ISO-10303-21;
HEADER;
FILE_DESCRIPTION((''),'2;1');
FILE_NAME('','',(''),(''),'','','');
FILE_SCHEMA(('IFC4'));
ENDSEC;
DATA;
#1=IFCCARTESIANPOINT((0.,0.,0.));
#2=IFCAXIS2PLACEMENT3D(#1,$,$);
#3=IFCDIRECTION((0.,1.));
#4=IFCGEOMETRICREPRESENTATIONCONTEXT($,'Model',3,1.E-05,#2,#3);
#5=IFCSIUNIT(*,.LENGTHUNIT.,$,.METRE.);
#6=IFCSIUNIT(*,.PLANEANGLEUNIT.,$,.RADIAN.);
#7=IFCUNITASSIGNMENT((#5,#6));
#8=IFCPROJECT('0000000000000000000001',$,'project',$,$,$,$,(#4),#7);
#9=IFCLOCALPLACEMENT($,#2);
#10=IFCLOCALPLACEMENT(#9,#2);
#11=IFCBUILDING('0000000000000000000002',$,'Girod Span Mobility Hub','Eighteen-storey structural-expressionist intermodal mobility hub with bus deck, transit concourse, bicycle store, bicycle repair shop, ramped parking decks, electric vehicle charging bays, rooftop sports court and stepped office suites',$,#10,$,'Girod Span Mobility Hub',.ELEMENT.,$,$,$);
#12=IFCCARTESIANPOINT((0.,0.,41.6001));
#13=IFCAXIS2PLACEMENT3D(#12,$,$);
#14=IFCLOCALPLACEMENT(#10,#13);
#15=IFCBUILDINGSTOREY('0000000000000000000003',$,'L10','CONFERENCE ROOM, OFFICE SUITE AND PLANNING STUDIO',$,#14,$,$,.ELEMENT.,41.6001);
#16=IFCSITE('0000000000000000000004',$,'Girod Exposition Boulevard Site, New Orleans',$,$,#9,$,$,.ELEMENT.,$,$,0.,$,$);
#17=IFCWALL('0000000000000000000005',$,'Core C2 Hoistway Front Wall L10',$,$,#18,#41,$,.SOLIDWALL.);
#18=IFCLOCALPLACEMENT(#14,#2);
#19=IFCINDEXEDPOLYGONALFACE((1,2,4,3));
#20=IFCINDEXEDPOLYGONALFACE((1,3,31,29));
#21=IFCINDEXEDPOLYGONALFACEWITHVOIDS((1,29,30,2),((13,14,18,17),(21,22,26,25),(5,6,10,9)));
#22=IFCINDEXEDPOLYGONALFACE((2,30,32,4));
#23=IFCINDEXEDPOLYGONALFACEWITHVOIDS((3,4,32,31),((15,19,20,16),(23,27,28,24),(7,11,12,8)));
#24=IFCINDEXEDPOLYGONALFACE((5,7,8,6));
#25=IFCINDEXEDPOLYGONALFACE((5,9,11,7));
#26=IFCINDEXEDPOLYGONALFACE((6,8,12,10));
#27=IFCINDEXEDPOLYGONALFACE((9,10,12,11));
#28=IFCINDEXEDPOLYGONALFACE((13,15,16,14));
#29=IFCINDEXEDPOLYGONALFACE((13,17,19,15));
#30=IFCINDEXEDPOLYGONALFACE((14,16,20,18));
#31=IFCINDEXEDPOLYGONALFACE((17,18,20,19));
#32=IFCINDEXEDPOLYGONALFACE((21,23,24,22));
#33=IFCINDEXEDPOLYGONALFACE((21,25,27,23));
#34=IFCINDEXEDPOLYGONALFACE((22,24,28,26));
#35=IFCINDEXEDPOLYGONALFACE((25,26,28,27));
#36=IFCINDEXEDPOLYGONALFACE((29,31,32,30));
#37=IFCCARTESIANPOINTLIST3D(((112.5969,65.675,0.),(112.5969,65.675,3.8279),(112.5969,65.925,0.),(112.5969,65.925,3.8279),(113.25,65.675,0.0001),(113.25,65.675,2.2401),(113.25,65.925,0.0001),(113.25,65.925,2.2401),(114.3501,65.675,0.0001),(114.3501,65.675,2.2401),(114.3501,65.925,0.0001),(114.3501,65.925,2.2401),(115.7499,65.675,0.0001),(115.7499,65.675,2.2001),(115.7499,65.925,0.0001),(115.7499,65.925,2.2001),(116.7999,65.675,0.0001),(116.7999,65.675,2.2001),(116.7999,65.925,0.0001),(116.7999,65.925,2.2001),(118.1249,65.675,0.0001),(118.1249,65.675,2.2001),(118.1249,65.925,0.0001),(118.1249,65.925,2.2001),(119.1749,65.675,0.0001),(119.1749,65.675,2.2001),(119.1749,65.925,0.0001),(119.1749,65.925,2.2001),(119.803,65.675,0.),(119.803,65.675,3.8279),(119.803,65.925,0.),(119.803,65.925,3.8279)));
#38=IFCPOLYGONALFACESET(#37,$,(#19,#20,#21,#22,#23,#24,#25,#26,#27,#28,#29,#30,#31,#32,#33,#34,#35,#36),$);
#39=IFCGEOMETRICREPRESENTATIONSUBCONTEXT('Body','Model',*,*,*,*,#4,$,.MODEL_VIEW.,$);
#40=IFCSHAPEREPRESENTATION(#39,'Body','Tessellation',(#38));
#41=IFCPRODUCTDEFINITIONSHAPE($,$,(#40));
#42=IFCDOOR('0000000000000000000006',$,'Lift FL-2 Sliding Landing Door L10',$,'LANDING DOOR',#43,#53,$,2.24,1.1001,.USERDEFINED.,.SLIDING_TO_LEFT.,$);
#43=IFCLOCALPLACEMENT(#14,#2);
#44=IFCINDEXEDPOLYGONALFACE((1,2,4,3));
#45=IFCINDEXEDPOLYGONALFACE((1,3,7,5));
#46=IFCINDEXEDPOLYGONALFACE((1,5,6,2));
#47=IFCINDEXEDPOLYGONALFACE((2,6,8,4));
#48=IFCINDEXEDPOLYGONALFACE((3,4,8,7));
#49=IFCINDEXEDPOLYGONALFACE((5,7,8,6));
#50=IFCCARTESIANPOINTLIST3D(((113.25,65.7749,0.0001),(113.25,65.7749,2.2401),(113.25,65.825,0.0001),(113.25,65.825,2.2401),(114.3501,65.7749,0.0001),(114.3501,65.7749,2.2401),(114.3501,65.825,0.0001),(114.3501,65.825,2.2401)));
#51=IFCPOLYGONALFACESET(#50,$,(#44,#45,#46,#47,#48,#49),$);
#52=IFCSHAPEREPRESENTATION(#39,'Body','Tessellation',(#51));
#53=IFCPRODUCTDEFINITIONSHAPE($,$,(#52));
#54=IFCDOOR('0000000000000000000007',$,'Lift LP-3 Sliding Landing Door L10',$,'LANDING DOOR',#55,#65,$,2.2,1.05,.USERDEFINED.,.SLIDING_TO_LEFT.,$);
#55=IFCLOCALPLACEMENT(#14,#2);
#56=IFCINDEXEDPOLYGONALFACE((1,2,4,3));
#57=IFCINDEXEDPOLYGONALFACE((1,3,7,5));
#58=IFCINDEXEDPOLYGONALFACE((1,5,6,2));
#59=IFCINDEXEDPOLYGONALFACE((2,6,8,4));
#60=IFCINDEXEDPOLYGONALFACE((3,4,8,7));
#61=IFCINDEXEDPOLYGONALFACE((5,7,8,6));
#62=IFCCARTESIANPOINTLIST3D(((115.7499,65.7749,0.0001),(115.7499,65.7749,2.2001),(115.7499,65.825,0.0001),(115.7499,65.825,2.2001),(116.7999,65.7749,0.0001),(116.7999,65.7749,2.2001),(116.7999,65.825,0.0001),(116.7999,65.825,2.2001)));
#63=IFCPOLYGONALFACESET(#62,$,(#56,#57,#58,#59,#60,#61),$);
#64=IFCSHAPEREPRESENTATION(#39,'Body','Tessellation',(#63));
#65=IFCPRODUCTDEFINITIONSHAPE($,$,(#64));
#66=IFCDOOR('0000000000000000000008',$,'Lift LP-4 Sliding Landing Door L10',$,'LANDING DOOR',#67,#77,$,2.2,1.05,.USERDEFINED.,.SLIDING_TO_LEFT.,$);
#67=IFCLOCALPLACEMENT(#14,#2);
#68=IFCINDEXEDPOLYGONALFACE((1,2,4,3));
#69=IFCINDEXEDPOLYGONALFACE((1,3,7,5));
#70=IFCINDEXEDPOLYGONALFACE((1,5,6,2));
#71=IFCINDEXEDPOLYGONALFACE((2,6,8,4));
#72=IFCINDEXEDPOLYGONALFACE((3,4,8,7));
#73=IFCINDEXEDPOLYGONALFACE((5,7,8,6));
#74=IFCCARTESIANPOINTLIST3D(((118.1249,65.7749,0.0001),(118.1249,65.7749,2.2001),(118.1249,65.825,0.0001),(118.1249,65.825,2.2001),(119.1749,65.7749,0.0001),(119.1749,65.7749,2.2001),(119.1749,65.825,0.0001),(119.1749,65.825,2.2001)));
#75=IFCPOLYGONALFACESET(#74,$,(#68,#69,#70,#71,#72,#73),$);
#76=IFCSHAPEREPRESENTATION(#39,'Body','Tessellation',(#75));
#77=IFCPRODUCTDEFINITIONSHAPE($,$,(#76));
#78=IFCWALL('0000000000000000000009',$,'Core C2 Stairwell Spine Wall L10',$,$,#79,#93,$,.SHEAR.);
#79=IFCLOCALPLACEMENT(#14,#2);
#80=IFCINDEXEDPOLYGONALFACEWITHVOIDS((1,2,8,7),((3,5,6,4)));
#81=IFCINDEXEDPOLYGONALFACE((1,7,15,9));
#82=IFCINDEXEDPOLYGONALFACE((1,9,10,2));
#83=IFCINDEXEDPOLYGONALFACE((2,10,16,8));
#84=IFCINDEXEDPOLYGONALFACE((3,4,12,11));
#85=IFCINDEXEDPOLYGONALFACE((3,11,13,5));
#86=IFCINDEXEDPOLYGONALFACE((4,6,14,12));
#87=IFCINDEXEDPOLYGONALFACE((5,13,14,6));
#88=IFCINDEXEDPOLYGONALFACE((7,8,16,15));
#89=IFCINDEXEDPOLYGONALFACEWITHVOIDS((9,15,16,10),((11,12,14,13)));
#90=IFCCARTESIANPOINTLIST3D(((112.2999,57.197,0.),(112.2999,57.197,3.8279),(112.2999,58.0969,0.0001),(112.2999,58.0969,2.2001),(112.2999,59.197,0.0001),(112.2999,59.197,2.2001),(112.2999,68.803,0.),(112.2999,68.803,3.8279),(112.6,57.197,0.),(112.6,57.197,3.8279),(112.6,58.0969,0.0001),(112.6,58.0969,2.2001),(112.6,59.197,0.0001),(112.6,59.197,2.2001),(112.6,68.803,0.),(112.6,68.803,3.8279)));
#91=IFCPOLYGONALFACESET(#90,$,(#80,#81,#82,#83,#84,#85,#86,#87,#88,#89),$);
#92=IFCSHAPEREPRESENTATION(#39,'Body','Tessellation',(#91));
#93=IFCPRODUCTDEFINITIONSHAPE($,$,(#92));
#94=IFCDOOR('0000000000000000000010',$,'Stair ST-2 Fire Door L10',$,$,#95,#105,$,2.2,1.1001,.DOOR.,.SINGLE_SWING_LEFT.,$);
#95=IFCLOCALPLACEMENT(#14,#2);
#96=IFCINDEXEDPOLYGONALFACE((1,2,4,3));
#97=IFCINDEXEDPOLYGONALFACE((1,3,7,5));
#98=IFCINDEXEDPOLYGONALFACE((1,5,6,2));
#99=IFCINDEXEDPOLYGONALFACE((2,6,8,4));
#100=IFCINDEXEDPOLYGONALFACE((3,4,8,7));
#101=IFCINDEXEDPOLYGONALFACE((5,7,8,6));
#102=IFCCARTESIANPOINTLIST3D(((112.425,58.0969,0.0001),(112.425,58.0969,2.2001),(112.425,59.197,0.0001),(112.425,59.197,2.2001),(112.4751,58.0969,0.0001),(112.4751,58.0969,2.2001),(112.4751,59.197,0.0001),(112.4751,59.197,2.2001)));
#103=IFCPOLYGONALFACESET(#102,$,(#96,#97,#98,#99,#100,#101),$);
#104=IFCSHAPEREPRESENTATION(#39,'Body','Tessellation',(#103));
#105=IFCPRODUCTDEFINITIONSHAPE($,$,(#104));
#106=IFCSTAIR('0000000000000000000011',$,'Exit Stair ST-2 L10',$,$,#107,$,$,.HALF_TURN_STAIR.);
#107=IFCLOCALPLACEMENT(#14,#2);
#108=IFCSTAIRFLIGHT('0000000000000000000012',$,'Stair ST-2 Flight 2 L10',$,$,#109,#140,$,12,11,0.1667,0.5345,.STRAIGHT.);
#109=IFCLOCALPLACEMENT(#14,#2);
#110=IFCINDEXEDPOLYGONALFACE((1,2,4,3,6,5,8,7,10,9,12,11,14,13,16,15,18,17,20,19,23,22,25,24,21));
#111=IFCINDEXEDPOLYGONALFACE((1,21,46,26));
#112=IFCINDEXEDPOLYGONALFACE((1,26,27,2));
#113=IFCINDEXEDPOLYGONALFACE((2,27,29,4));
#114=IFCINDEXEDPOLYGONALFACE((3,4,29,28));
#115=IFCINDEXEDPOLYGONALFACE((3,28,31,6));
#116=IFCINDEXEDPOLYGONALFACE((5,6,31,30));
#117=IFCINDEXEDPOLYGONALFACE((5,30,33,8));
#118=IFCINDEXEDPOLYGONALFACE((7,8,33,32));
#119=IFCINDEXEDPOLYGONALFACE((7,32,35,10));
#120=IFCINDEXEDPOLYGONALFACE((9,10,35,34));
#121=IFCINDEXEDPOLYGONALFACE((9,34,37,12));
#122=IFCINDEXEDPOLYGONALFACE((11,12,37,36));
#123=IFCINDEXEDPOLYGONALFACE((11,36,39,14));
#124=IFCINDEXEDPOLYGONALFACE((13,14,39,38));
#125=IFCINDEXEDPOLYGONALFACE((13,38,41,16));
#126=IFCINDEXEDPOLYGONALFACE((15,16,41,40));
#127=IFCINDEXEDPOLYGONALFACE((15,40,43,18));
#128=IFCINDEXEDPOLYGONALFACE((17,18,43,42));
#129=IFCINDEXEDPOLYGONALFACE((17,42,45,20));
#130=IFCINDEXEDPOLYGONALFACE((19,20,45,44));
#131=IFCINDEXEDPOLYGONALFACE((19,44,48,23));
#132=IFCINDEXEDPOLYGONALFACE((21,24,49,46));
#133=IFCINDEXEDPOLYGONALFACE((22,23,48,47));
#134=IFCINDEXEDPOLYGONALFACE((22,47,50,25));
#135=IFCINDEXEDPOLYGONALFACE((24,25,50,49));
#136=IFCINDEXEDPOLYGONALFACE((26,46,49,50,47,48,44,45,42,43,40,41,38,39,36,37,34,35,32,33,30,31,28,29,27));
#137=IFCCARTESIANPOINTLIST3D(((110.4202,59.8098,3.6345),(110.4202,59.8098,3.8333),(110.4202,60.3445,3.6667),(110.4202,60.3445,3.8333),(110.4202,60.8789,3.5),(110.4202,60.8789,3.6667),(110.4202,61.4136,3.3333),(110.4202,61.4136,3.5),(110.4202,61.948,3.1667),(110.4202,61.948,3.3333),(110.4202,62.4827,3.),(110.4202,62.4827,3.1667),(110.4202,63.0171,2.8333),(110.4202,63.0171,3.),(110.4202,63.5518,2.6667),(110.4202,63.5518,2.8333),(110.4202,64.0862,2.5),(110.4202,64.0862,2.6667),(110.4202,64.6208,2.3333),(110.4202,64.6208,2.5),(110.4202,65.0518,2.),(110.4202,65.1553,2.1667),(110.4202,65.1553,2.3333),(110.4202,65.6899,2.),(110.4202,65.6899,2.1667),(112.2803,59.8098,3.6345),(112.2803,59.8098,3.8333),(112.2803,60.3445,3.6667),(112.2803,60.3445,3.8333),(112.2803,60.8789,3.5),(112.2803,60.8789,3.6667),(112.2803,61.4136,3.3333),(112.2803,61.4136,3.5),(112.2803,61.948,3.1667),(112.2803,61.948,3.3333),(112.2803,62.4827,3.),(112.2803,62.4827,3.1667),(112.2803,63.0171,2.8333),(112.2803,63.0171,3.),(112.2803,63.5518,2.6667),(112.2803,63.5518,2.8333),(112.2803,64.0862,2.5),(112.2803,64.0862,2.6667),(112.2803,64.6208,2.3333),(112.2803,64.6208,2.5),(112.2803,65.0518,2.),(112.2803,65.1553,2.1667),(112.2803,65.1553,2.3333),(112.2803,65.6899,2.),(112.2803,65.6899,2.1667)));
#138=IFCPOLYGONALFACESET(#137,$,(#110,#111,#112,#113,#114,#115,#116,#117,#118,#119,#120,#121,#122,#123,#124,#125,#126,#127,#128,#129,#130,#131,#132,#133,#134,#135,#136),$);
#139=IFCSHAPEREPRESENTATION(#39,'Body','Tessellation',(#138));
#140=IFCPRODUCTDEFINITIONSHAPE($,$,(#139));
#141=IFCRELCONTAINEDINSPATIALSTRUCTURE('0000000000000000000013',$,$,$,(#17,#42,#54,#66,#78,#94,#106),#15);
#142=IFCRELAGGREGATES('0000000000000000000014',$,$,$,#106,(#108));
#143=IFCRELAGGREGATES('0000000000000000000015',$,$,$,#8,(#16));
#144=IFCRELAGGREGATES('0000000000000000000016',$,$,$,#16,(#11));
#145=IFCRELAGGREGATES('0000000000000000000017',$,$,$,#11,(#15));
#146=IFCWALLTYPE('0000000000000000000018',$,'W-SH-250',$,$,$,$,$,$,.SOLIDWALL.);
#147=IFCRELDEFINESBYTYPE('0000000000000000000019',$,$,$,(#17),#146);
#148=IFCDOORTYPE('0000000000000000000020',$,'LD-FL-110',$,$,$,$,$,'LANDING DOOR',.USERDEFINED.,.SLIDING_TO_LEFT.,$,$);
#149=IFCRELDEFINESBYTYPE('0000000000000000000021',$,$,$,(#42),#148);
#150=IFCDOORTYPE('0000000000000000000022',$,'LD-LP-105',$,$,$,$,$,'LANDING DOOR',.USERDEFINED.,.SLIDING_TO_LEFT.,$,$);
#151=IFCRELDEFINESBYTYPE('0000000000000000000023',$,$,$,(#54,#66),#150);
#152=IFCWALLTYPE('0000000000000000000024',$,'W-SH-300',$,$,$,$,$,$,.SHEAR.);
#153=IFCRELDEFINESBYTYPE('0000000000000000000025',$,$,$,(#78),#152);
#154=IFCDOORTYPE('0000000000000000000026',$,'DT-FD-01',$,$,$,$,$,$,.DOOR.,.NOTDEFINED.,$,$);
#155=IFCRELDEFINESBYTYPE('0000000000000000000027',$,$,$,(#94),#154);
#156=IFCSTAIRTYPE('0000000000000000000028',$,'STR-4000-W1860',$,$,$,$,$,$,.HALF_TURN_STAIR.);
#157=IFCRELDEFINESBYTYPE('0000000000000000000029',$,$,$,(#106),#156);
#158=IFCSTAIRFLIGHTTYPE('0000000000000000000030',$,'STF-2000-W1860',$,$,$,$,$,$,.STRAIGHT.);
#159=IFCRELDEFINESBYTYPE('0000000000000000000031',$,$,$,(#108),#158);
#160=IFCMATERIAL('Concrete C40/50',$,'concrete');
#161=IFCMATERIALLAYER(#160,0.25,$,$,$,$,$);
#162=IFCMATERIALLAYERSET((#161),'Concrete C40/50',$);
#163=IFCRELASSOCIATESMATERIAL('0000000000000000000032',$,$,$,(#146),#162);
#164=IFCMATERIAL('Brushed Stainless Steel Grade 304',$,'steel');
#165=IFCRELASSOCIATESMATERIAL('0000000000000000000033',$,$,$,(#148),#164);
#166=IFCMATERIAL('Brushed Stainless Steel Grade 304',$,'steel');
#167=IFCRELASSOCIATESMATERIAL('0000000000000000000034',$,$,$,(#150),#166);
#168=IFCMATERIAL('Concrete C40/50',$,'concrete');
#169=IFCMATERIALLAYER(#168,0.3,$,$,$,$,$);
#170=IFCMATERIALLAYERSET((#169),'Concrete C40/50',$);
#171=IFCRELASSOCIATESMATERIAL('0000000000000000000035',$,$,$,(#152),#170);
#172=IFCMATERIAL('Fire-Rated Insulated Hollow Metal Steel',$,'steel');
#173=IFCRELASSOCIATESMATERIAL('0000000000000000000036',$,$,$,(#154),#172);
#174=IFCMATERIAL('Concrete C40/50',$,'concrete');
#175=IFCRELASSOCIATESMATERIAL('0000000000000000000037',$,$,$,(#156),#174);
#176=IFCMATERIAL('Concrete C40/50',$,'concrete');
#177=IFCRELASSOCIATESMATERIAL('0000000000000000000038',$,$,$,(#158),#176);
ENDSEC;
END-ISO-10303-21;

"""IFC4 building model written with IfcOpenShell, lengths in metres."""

from ifc_helpers import new_model, si_unit, direction, frame, frame_2d, origin, place, context, subcontext, project, spatial, polyline, rectangle, outline, extrude, material, layer, layer_set, type_object, element, fill, aggregate, save


model = new_model("IFC4")

# Units and contexts
model_context = context("Model", 3, precision=1e-05, world=origin(), true_north=direction((0.0, 1.0)))
body_context = subcontext(model_context, "Body", "Model", "MODEL_VIEW")
ifc_project = project(units=[si_unit("LENGTHUNIT", "METRE"), si_unit("PLANEANGLEUNIT", "RADIAN")], contexts=[model_context])

# Site, building, storey
site_placement = place(None, origin())
site = spatial("IfcSite", under=ifc_project, at=site_placement, Name="Girod Exposition Boulevard Site, New Orleans", CompositionType="ELEMENT", RefElevation=0.0)
building_placement = place(site_placement, origin())
building = spatial("IfcBuilding", under=site, at=building_placement, Name="Girod Span Mobility Hub", Description="Eighteen-storey structural-expressionist intermodal mobility hub with bus deck, transit concourse, bicycle store, bicycle repair shop, ramped parking decks, electric vehicle charging bays, rooftop sports court and stepped office suites", LongName="Girod Span Mobility Hub", CompositionType="ELEMENT")
storey_placement = place(building_placement, frame((0.0, 0.0, 41.6001)))
storey = spatial("IfcBuildingStorey", under=building, at=storey_placement, Name="L10", Description="CONFERENCE ROOM, OFFICE SUITE AND PLANNING STUDIO", CompositionType="ELEMENT", Elevation=41.6001)

# Wall, openings, doors
ifc_material_1 = material(Name="Concrete C40/50", Category="concrete")
ifc_layer_1 = layer(ifc_material_1, 0.25)
ifc_layer_set_1 = layer_set([ifc_layer_1], Name="Concrete C40/50")
wall_type_1 = type_object("IfcWallType", Name="W-SH-250", PredefinedType="SOLIDWALL", material=ifc_layer_set_1)
wall_1_placement = place(storey_placement, frame((112.5969, 65.8, 0.0), z_axis=(0.0, 0.0, 1.0), x_axis=(1.0, 0.0, 0.0)))
wall_1 = element("IfcWall", 1, at=wall_1_placement, inside=storey, type_object=wall_type_1, Name="Core C2 Hoistway Front Wall L10", PredefinedType="SOLIDWALL", context=body_context, shape_type="SweptSolid", body=[
    extrude(rectangle(XDim=7.2061, YDim=0.25, at=frame_2d((3.603, 0.0))), origin(), (0.0, 0.0, 1.0), 3.8279),
])
opening_1_placement = place(wall_1_placement, frame((0.6531, 0.0, 0.0)))
opening_1 = element("IfcOpeningElement", 2, at=opening_1_placement, cuts=wall_1, PredefinedType="OPENING", context=body_context, shape_type="SweptSolid", body=[
    extrude(rectangle(XDim=1.1001, YDim=2.24, at=frame_2d((0.55, 1.1201))), frame((0.0, 0.1399, 0.0), z_axis=(0.0, -1.0, 0.0), x_axis=(1.0, 0.0, 0.0)), (0.0, 0.0, 1.0), 0.28),
])
opening_2_placement = place(wall_1_placement, frame((3.1531, 0.0, 0.0)))
opening_2 = element("IfcOpeningElement", 3, at=opening_2_placement, cuts=wall_1, PredefinedType="OPENING", context=body_context, shape_type="SweptSolid", body=[
    extrude(rectangle(XDim=1.05, YDim=2.2, at=frame_2d((0.5249, 1.1001))), frame((0.0, 0.1399, 0.0), z_axis=(0.0, -1.0, 0.0), x_axis=(1.0, 0.0, 0.0)), (0.0, 0.0, 1.0), 0.28),
])
opening_3_placement = place(wall_1_placement, frame((5.5281, 0.0, 0.0)))
opening_3 = element("IfcOpeningElement", 4, at=opening_3_placement, cuts=wall_1, PredefinedType="OPENING", context=body_context, shape_type="SweptSolid", body=[
    extrude(rectangle(XDim=1.05, YDim=2.2, at=frame_2d((0.5249, 1.1001))), frame((0.0, 0.1399, 0.0), z_axis=(0.0, -1.0, 0.0), x_axis=(1.0, 0.0, 0.0)), (0.0, 0.0, 1.0), 0.28),
])
ifc_material_2 = material(Name="Brushed Stainless Steel Grade 304", Category="steel")
door_type_1 = type_object("IfcDoorType", Name="LD-FL-110", ElementType="LANDING DOOR", OperationType="SLIDING_TO_LEFT", PredefinedType="USERDEFINED", material=ifc_material_2)
door_1_placement = place(opening_1_placement, origin())
door_1 = element("IfcDoor", 5, at=door_1_placement, inside=storey, type_object=door_type_1, Name="Lift FL-2 Sliding Landing Door L10", ObjectType="LANDING DOOR", OperationType="SLIDING_TO_LEFT", OverallHeight=2.24, OverallWidth=1.1001, PredefinedType="USERDEFINED", context=body_context, shape_type="SweptSolid", body=[
    extrude(rectangle(XDim=1.1001, YDim=2.24, at=frame_2d((0.55, 1.1201))), frame((0.0, 0.0249, 0.0), z_axis=(0.0, -1.0, 0.0), x_axis=(1.0, 0.0, 0.0)), (0.0, 0.0, 1.0), 0.05),
])
fill(opening_1, door_1)
ifc_material_3 = material(Name="Brushed Stainless Steel Grade 304", Category="steel")
door_type_2 = type_object("IfcDoorType", Name="LD-LP-105", ElementType="LANDING DOOR", OperationType="SLIDING_TO_LEFT", PredefinedType="USERDEFINED", material=ifc_material_3)
door_2_placement = place(opening_2_placement, origin())
door_2 = element("IfcDoor", 6, at=door_2_placement, inside=storey, type_object=door_type_2, Name="Lift LP-3 Sliding Landing Door L10", ObjectType="LANDING DOOR", OperationType="SLIDING_TO_LEFT", OverallHeight=2.2, OverallWidth=1.05, PredefinedType="USERDEFINED", context=body_context, shape_type="SweptSolid", body=[
    extrude(rectangle(XDim=1.05, YDim=2.2, at=frame_2d((0.5249, 1.1001))), frame((0.0, 0.0249, 0.0), z_axis=(0.0, -1.0, 0.0), x_axis=(1.0, 0.0, 0.0)), (0.0, 0.0, 1.0), 0.05),
])
fill(opening_2, door_2)
door_3_placement = place(opening_3_placement, origin())
door_3 = element("IfcDoor", 7, at=door_3_placement, inside=storey, type_object=door_type_2, Name="Lift LP-4 Sliding Landing Door L10", ObjectType="LANDING DOOR", OperationType="SLIDING_TO_LEFT", OverallHeight=2.2, OverallWidth=1.05, PredefinedType="USERDEFINED", context=body_context, shape_type="SweptSolid", body=[
    extrude(rectangle(XDim=1.05, YDim=2.2, at=frame_2d((0.5249, 1.1001))), frame((0.0, 0.0249, 0.0), z_axis=(0.0, -1.0, 0.0), x_axis=(1.0, 0.0, 0.0)), (0.0, 0.0, 1.0), 0.05),
])
fill(opening_3, door_3)

# Wall, opening, door
ifc_material_4 = material(Name="Concrete C40/50", Category="concrete")
ifc_layer_2 = layer(ifc_material_4, 0.3)
ifc_layer_set_2 = layer_set([ifc_layer_2], Name="Concrete C40/50")
wall_type_2 = type_object("IfcWallType", Name="W-SH-300", PredefinedType="SHEAR", material=ifc_layer_set_2)
wall_2_placement = place(storey_placement, frame((112.45, 57.197, 0.0), z_axis=(0.0, 0.0, 1.0), x_axis=(0.0, 1.0, 0.0)))
wall_2 = element("IfcWall", 8, at=wall_2_placement, inside=storey, type_object=wall_type_2, Name="Core C2 Stairwell Spine Wall L10", PredefinedType="SHEAR", context=body_context, shape_type="SweptSolid", body=[
    extrude(rectangle(XDim=11.606, YDim=0.3, at=frame_2d((5.803, 0.0))), origin(), (0.0, 0.0, 1.0), 3.8279),
])
opening_4_placement = place(wall_2_placement, frame((0.8999, 0.0, 0.0)))
opening_4 = element("IfcOpeningElement", 9, at=opening_4_placement, cuts=wall_2, PredefinedType="OPENING", context=body_context, shape_type="SweptSolid", body=[
    extrude(rectangle(XDim=1.1001, YDim=2.2, at=frame_2d((0.55, 1.1001))), frame((0.0, 0.165, 0.0), z_axis=(0.0, -1.0, 0.0), x_axis=(1.0, 0.0, 0.0)), (0.0, 0.0, 1.0), 0.3301),
])
ifc_material_5 = material(Name="Fire-Rated Insulated Hollow Metal Steel", Category="steel")
door_type_3 = type_object("IfcDoorType", Name="DT-FD-01", OperationType="NOTDEFINED", PredefinedType="DOOR", material=ifc_material_5)
door_4_placement = place(opening_4_placement, origin())
door_4 = element("IfcDoor", 10, at=door_4_placement, inside=storey, type_object=door_type_3, Name="Stair ST-2 Fire Door L10", OperationType="SINGLE_SWING_LEFT", OverallHeight=2.2, OverallWidth=1.1001, PredefinedType="DOOR", context=body_context, shape_type="SweptSolid", body=[
    extrude(rectangle(XDim=1.1001, YDim=2.2, at=frame_2d((0.55, 1.1001))), frame((0.0, 0.0249, 0.0), z_axis=(0.0, -1.0, 0.0), x_axis=(1.0, 0.0, 0.0)), (0.0, 0.0, 1.0), 0.05),
])
fill(opening_4, door_4)

# Stair, stair flight
ifc_material_6 = material(Name="Concrete C40/50", Category="concrete")
stair_type = type_object("IfcStairType", Name="STR-4000-W1860", PredefinedType="HALF_TURN_STAIR", material=ifc_material_6)
stair_placement = place(storey_placement, origin())
stair = element("IfcStair", 11, at=stair_placement, inside=storey, type_object=stair_type, Name="Exit Stair ST-2 L10", PredefinedType="HALF_TURN_STAIR")
ifc_material_7 = material(Name="Concrete C40/50", Category="concrete")
stair_flight_type = type_object("IfcStairFlightType", Name="STF-2000-W1860", PredefinedType="STRAIGHT", material=ifc_material_7)
stair_flight_placement = place(storey_placement, frame((111.3501, 65.6899, 2.0), z_axis=(0.0, 0.0, 1.0), x_axis=(0.0, -1.0, 0.0)))
stair_flight = element("IfcStairFlight", 12, at=stair_flight_placement, type_object=stair_flight_type, Name="Stair ST-2 Flight 2 L10", NumberOfRisers=12, NumberOfTreads=11, PredefinedType="STRAIGHT", RiserHeight=0.1667, TreadLength=0.5345, context=body_context, shape_type="SweptSolid", body=[
    extrude(outline(polyline([(0.0, 0.0), (0.0, 0.1667), (0.5347, 0.1667), (0.5347, 0.3333), (1.0691, 0.3333), (1.0691, 0.5), (1.6038, 0.5), (1.6038, 0.6667), (2.1382, 0.6667), (2.1382, 0.8333), (2.6729, 0.8333), (2.6729, 1.0), (3.2073, 1.0), (3.2073, 1.1667), (3.7419, 1.1667), (3.7419, 1.3333), (4.2764, 1.3333), (4.2764, 1.5), (4.811, 1.5), (4.811, 1.6667), (5.3455, 1.6667), (5.3455, 1.8333), (5.8801, 1.8333), (5.8801, 2.0), (5.8801, 1.6345), (0.6382, 0.0), (0.0, 0.0)])), frame((0.0, 0.9302, 0.0), z_axis=(0.0, -1.0, 0.0), x_axis=(1.0, 0.0, 0.0)), (0.0, 0.0, 1.0), 1.8601),
])
aggregate(stair, [stair_flight])

save(model, "model.ifc")
